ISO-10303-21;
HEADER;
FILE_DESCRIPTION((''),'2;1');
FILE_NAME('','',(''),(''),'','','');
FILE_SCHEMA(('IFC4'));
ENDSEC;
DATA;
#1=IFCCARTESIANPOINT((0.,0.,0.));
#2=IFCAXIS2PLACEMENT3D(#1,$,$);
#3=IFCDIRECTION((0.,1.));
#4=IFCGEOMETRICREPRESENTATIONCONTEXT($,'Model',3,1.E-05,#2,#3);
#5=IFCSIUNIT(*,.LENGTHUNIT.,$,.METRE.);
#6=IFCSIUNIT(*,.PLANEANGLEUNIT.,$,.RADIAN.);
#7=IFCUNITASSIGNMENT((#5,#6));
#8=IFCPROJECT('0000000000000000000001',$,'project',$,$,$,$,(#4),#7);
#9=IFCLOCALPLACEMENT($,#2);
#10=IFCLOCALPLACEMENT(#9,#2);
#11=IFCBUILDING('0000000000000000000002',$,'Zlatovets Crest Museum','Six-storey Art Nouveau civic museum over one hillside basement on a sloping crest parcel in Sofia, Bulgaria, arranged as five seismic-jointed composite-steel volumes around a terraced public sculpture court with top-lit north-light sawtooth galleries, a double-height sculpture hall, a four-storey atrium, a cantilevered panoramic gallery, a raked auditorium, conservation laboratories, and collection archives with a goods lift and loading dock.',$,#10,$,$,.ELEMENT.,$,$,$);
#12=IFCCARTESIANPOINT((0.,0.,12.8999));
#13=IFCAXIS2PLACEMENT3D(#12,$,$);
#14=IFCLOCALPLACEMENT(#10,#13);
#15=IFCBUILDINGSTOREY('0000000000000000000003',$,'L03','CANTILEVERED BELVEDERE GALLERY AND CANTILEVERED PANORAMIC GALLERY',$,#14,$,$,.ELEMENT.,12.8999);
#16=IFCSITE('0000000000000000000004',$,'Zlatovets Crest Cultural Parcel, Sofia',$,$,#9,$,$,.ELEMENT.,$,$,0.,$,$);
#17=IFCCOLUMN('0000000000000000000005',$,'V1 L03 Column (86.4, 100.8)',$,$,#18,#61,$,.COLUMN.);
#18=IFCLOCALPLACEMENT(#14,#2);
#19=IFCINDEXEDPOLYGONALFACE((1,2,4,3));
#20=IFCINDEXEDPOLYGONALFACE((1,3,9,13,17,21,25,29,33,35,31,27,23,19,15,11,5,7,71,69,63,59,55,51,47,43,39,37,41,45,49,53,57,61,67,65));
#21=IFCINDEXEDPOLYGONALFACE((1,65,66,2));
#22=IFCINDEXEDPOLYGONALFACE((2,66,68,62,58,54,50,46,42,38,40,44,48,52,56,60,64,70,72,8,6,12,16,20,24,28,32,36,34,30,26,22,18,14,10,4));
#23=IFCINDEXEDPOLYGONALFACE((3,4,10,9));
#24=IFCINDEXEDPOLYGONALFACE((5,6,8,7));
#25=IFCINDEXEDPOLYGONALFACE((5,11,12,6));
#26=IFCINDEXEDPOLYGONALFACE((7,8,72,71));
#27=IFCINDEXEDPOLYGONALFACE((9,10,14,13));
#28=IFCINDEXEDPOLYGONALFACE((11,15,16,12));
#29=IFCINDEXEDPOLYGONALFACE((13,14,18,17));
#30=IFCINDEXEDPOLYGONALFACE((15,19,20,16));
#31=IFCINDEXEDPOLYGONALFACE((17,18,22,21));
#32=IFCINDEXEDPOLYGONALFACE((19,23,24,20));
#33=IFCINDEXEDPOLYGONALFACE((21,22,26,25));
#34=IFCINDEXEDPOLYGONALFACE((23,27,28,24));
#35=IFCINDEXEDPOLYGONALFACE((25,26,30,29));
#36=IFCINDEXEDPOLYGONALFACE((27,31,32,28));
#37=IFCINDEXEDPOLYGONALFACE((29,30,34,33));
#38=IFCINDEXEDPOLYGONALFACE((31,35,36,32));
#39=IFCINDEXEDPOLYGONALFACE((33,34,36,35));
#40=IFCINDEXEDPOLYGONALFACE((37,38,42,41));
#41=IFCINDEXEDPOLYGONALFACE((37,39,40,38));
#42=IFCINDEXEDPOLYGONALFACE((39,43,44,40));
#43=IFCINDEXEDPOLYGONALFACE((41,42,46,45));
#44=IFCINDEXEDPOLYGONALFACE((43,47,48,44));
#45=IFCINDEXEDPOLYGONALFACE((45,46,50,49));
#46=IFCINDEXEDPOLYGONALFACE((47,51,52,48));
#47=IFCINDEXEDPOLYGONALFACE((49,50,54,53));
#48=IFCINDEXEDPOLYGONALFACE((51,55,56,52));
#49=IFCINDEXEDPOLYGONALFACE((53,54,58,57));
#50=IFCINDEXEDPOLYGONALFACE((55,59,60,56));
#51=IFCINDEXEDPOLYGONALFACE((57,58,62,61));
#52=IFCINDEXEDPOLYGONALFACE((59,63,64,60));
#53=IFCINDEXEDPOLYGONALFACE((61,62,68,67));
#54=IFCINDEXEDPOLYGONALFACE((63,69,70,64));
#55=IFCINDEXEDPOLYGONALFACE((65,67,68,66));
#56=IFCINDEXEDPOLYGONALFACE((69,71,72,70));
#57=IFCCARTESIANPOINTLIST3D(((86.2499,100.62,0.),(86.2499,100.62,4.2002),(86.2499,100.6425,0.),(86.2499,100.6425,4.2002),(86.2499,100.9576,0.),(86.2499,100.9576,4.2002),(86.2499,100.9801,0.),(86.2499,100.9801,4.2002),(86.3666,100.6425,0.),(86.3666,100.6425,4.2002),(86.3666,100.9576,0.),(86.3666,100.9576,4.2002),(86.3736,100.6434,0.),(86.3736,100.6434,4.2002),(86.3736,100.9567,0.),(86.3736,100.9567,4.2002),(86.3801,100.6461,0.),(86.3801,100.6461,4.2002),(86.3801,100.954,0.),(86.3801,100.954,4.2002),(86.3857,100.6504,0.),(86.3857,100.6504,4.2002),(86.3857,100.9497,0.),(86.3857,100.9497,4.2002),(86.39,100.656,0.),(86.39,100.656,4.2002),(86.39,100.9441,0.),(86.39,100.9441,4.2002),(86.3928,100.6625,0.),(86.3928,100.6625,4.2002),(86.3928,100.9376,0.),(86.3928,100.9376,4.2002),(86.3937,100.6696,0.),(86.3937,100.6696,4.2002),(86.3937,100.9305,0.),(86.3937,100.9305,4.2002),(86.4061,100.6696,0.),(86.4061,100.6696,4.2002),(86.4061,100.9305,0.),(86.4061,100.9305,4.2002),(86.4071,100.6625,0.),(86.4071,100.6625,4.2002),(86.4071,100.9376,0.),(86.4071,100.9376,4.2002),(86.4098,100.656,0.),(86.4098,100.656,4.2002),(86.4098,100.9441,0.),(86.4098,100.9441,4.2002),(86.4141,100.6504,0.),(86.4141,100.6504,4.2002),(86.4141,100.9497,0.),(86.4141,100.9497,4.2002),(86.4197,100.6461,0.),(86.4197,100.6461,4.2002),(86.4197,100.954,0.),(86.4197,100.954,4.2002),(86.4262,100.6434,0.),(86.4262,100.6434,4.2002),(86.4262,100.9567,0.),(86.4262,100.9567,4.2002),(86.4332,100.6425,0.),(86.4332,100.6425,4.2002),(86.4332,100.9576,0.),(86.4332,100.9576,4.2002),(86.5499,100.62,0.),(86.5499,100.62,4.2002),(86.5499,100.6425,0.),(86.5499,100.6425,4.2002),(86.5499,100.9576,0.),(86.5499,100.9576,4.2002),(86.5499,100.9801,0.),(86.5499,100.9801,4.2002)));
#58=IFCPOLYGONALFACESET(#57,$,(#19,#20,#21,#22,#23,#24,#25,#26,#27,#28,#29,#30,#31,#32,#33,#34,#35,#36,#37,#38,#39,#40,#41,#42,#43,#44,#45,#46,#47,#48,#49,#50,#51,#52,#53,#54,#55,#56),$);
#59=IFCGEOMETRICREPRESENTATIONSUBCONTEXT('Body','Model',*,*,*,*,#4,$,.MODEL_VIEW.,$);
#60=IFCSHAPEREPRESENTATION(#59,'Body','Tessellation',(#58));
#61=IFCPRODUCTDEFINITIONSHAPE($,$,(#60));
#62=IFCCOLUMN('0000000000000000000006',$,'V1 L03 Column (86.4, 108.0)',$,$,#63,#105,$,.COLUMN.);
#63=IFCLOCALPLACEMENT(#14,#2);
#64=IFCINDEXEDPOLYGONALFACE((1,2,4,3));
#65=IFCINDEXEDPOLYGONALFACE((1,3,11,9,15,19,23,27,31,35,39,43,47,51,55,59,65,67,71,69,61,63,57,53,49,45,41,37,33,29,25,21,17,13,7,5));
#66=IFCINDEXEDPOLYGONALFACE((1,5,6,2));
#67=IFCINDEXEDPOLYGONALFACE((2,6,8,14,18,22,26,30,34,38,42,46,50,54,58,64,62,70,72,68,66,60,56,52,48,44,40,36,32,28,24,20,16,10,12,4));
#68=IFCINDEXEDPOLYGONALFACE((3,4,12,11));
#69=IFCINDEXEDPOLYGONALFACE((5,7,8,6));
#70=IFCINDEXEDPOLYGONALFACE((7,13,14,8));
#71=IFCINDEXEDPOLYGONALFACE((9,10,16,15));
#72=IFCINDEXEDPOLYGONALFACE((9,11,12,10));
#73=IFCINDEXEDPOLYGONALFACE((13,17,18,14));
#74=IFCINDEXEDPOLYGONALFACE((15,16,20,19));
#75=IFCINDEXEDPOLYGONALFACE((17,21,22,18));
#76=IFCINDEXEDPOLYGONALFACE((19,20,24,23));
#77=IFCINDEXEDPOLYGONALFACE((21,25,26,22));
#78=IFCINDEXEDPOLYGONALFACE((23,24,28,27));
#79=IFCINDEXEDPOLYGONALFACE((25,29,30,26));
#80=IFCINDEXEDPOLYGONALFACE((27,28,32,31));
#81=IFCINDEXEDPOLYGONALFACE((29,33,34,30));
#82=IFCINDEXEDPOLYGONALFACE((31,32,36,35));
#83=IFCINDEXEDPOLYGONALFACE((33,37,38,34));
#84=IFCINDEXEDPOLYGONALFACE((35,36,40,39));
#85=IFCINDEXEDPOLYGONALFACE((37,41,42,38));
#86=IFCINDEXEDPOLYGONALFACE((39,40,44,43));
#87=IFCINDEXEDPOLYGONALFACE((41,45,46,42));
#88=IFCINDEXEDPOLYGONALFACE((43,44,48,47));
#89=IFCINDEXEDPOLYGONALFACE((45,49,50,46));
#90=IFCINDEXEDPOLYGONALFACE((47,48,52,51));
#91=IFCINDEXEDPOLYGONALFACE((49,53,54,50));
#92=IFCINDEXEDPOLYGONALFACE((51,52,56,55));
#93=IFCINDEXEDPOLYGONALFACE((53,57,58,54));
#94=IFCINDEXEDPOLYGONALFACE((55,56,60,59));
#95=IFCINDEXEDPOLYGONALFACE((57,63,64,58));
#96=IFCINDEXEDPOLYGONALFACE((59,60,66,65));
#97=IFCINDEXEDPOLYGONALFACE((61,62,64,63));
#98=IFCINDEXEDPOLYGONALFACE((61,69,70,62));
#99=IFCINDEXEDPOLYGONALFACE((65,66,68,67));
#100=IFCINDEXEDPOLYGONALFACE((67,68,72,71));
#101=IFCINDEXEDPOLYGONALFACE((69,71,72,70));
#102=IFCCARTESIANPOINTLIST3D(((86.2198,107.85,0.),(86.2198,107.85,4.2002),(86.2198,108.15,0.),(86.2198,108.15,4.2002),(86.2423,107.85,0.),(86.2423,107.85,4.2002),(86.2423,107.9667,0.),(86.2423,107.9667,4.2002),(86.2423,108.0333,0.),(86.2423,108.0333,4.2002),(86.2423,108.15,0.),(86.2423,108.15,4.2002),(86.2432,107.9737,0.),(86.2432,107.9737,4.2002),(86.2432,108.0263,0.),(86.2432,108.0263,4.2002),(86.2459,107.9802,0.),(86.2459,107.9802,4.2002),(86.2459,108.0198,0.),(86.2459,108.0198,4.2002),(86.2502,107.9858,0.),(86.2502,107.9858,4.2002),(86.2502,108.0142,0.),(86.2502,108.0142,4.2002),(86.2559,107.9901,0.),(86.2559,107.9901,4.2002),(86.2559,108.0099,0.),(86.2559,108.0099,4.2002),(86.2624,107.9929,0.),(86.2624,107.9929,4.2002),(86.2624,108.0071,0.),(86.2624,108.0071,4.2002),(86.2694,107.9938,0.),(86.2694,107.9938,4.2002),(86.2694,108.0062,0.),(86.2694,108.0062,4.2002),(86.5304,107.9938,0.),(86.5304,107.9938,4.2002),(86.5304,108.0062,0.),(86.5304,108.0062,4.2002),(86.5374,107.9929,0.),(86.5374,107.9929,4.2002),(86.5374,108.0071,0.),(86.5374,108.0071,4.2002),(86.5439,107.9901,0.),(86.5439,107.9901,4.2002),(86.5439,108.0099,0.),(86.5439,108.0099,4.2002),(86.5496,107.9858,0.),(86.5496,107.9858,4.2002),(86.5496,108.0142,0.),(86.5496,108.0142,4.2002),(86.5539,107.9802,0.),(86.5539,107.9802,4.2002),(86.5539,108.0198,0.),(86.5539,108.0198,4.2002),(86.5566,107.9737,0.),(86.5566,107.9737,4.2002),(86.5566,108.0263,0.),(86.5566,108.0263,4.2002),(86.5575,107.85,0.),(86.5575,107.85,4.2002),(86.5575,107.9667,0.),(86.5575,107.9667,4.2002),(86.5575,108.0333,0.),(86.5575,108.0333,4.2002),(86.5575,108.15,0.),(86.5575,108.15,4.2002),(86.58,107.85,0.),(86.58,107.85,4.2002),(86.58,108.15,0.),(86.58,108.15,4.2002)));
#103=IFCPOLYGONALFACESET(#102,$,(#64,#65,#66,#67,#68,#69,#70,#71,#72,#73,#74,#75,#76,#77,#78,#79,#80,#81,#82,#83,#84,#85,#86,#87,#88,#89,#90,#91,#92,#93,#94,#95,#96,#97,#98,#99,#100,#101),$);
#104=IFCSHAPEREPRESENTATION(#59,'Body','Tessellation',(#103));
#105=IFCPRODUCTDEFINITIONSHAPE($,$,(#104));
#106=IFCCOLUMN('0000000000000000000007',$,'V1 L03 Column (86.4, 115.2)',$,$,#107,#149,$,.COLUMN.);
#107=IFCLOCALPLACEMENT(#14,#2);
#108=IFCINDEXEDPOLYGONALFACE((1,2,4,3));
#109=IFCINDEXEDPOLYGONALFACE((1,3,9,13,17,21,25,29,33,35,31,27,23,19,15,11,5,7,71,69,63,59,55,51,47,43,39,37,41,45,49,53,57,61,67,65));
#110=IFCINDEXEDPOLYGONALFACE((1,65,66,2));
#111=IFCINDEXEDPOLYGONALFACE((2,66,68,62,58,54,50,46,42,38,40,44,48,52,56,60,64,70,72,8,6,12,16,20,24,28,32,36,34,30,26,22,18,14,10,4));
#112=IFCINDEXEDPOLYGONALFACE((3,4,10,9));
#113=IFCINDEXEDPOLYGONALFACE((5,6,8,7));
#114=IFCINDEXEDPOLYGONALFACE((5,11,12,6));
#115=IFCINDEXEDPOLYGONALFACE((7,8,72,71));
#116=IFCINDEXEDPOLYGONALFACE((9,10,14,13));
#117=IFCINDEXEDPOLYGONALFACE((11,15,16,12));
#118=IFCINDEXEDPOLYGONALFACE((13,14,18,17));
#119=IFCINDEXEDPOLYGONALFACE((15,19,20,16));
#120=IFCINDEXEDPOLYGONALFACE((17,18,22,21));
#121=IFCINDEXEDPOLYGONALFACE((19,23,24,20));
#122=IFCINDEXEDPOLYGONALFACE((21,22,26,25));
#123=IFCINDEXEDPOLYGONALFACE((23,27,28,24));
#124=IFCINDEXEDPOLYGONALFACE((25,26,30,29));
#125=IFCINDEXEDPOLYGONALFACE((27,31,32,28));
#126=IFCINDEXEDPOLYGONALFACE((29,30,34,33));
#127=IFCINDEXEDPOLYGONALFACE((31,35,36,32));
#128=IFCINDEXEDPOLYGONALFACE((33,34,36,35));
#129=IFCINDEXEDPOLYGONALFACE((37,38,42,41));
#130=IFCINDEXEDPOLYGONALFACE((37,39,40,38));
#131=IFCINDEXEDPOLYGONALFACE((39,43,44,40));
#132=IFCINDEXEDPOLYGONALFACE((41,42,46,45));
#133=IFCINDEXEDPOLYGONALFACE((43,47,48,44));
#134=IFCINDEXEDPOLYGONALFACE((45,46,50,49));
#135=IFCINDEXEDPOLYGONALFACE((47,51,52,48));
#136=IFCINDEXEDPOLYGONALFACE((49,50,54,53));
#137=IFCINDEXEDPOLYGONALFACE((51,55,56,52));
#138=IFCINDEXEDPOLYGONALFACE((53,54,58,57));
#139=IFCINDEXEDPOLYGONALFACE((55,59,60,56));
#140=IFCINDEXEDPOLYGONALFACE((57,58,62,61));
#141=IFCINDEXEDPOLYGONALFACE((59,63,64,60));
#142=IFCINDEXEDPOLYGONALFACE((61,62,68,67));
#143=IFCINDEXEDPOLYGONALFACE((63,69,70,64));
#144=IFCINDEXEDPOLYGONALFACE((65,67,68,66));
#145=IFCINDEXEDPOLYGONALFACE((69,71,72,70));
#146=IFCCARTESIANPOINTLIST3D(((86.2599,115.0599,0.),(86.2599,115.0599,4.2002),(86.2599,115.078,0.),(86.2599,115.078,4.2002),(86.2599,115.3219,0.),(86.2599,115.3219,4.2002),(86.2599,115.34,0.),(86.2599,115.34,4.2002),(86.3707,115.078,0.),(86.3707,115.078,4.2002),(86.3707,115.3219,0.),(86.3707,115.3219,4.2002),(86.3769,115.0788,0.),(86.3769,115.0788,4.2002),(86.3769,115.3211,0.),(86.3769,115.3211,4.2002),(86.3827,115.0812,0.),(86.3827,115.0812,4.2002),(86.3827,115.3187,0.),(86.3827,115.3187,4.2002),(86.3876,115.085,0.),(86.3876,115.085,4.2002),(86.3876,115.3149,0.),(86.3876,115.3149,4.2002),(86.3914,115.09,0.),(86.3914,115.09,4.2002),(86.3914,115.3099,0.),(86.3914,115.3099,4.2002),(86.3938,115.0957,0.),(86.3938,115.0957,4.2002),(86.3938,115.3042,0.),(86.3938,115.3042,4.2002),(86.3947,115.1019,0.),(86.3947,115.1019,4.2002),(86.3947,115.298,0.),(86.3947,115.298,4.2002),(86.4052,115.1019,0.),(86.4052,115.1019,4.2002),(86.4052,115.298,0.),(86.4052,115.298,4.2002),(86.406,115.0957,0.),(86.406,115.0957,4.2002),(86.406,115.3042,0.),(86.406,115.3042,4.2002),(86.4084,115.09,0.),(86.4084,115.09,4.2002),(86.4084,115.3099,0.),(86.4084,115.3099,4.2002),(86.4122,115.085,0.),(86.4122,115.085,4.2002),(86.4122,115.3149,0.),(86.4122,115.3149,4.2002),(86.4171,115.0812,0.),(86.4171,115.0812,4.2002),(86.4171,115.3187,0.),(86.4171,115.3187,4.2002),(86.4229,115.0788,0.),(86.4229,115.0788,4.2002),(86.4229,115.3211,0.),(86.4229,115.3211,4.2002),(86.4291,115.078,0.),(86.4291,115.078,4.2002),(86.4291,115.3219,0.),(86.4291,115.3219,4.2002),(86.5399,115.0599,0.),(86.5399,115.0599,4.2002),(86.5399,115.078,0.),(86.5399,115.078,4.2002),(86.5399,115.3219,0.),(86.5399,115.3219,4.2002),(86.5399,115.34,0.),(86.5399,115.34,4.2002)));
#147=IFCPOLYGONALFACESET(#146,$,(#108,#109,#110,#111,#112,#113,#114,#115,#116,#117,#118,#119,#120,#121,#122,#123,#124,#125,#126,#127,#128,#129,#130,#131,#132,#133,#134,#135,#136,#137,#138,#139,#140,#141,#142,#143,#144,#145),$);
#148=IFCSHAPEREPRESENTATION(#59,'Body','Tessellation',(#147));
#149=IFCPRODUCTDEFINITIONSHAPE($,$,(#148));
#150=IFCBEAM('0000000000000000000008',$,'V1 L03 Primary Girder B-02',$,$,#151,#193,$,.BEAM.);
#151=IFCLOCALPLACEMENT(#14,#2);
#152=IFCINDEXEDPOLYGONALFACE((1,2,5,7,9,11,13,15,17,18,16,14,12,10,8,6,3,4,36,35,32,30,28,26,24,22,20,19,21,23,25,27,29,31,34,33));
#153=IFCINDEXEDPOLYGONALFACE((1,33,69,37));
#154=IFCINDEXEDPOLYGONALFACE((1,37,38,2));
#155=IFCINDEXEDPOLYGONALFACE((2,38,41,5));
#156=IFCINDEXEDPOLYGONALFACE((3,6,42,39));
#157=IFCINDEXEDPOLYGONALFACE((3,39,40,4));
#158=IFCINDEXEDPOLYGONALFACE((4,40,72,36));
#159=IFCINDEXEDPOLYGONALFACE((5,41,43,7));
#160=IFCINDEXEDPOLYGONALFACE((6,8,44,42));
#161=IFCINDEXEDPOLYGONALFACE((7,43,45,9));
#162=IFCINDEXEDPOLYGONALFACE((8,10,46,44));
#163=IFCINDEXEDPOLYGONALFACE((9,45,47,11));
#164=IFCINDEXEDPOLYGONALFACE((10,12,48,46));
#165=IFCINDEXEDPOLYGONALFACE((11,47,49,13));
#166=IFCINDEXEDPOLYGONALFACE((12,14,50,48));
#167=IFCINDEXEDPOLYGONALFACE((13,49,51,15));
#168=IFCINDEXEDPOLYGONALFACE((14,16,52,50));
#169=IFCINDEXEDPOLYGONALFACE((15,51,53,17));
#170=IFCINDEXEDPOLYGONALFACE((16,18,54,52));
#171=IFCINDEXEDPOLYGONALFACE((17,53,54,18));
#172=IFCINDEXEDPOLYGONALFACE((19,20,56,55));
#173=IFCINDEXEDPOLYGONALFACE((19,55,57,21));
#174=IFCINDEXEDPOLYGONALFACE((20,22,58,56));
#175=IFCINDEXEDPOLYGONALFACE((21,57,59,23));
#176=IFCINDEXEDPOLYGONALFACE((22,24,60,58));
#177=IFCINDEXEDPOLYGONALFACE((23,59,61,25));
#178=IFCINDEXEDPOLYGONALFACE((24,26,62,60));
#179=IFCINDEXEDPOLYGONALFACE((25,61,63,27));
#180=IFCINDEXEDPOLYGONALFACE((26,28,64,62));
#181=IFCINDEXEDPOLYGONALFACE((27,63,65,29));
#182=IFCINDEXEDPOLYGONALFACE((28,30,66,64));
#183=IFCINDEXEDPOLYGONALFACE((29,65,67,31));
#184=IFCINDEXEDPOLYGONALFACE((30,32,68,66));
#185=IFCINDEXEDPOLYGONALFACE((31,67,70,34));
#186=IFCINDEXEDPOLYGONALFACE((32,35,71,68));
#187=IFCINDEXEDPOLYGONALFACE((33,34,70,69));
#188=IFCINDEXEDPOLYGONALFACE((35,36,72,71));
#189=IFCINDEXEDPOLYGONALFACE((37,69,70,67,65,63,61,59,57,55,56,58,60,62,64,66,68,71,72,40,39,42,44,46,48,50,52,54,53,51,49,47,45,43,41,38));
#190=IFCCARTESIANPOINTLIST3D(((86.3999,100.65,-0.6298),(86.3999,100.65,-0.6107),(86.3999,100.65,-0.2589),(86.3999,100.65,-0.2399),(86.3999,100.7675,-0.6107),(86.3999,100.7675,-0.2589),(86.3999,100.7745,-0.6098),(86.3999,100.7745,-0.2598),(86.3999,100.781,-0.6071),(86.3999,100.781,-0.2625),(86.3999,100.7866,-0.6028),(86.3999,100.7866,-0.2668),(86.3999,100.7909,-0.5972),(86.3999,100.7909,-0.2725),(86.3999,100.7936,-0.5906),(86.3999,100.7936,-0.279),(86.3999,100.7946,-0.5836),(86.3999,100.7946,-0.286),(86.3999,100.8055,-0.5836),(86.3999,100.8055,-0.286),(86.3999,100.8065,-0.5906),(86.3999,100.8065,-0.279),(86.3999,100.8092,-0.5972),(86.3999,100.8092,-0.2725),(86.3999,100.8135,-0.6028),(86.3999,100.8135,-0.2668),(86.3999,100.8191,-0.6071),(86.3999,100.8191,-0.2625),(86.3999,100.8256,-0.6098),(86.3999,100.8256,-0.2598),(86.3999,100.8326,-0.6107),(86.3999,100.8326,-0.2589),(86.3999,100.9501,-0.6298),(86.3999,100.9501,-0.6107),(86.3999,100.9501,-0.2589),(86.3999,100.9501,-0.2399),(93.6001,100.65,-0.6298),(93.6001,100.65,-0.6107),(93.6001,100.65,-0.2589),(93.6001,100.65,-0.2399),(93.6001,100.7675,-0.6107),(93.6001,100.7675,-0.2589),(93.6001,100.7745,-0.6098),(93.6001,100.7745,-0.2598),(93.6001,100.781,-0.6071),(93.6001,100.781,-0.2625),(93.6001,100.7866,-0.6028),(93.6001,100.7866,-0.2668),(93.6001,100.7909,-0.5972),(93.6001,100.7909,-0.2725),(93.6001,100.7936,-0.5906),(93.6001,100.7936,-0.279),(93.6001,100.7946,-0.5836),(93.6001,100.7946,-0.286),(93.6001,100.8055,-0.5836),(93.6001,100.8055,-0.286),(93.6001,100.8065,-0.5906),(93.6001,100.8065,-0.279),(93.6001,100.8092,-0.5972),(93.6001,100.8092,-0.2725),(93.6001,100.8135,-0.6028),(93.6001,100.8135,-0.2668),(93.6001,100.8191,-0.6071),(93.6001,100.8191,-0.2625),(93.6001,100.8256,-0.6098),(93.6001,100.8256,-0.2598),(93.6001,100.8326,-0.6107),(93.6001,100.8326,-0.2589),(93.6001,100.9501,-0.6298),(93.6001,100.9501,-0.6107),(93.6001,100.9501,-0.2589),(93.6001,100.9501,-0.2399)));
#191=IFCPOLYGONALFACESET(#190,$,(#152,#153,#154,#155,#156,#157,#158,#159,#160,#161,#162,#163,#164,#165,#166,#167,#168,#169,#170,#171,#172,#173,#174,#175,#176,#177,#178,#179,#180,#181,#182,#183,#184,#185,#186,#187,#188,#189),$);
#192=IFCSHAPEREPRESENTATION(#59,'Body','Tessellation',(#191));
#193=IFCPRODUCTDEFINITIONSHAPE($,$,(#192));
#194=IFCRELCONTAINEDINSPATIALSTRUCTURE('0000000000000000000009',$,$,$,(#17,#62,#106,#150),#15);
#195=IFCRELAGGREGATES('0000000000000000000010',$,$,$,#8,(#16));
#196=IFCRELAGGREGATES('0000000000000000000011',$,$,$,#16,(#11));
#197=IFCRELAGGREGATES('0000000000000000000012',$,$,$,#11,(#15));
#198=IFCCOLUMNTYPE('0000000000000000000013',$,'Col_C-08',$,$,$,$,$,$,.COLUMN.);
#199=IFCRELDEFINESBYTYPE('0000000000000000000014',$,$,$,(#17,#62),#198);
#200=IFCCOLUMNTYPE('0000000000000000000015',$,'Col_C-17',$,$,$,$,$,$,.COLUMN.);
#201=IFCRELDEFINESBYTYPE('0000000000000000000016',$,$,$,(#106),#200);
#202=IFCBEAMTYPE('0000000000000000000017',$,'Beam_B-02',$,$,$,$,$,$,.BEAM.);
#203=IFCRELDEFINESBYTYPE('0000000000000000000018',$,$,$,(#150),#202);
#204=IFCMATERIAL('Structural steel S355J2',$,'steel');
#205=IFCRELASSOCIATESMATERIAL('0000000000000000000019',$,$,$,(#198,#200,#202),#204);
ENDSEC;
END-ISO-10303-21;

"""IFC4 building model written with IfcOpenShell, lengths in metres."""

from ifc_helpers import new_model, si_unit, direction, frame, origin, origin_2d, place, context, subcontext, project, spatial, i_section, extrude, material, material_profile, profile_set, type_object, element, save


model = new_model("IFC4")

# Units and contexts
model_context = context("Model", 3, precision=1e-05, world=origin(), true_north=direction((0.0, 1.0)))
body_context = subcontext(model_context, "Body", "Model", "MODEL_VIEW")
ifc_project = project(units=[si_unit("LENGTHUNIT", "METRE"), si_unit("PLANEANGLEUNIT", "RADIAN")], contexts=[model_context])

# Site, building, storey
site_placement = place(None, origin())
site = spatial("IfcSite", under=ifc_project, at=site_placement, Name="Zlatovets Crest Cultural Parcel, Sofia", CompositionType="ELEMENT", RefElevation=0.0)
building_placement = place(site_placement, origin())
building = spatial("IfcBuilding", under=site, at=building_placement, Name="Zlatovets Crest Museum", Description="Six-storey Art Nouveau civic museum over one hillside basement on a sloping crest parcel in Sofia, Bulgaria, arranged as five seismic-jointed composite-steel volumes around a terraced public sculpture court with top-lit north-light sawtooth galleries, a double-height sculpture hall, a four-storey atrium, a cantilevered panoramic gallery, a raked auditorium, conservation laboratories, and collection archives with a goods lift and loading dock.", CompositionType="ELEMENT")
storey_placement = place(building_placement, frame((0.0, 0.0, 12.8999)))
storey = spatial("IfcBuildingStorey", under=building, at=storey_placement, Name="L03", Description="CANTILEVERED BELVEDERE GALLERY AND CANTILEVERED PANORAMIC GALLERY", CompositionType="ELEMENT", Elevation=12.8999)

# Columns
ifc_material_1 = material(Name="Structural steel S355J2", Category="steel")
ifc_material_profile_1 = material_profile(ifc_material_1, i_section(OverallWidth=0.3, OverallDepth=0.3601, WebThickness=0.0125, FlangeThickness=0.0225, FilletRadius=0.0271, at=origin_2d()), Name="HEB 360")
ifc_profile_set_1 = profile_set([ifc_material_profile_1], Name="Structural steel S355J2")
column_type_1 = type_object("IfcColumnType", Name="Col_C-08", PredefinedType="COLUMN", material=ifc_profile_set_1)
for number, where, z_axis, x_axis, name in (
    (1, (86.3999, 100.8, 0.0), (0.0, 0.0, 1.0), (1.0, 0.0, 0.0), "V1 L03 Column (86.4, 100.8)"),
    (2, (86.3999, 108.0, 0.0), (0.0, 0.0, 1.0), (0.0, 1.0, 0.0), "V1 L03 Column (86.4, 108.0)"),
):
    element("IfcColumn", number, at=place(storey_placement, frame(where, z_axis=z_axis, x_axis=x_axis)), inside=storey, type_object=column_type_1, Name=name, PredefinedType="COLUMN", context=body_context, shape_type="SweptSolid", body=[
        extrude(i_section(OverallWidth=0.3, OverallDepth=0.3601, WebThickness=0.0125, FlangeThickness=0.0225, FilletRadius=0.0271, at=origin_2d()), origin(), (0.0, 0.0, 1.0), 4.2002),
    ])
ifc_material_profile_2 = material_profile(ifc_material_1, i_section(OverallWidth=0.28, OverallDepth=0.28, WebThickness=0.0105, FlangeThickness=0.0181, FilletRadius=0.0239, at=origin_2d()), Name="HEB 280")
ifc_profile_set_2 = profile_set([ifc_material_profile_2], Name="Structural steel S355J2")
column_type_2 = type_object("IfcColumnType", Name="Col_C-17", PredefinedType="COLUMN", material=ifc_profile_set_2)
column_placement = place(storey_placement, frame((86.3999, 115.2, 0.0), z_axis=(0.0, 0.0, 1.0), x_axis=(1.0, 0.0, 0.0)))
element("IfcColumn", 3, at=column_placement, inside=storey, type_object=column_type_2, Name="V1 L03 Column (86.4, 115.2)", PredefinedType="COLUMN", context=body_context, shape_type="SweptSolid", body=[
    extrude(i_section(OverallWidth=0.28, OverallDepth=0.28, WebThickness=0.0105, FlangeThickness=0.0181, FilletRadius=0.0239, at=origin_2d()), origin(), (0.0, 0.0, 1.0), 4.2002),
])

# Beam
ifc_material_profile_3 = material_profile(ifc_material_1, i_section(OverallWidth=0.3, OverallDepth=0.3899, WebThickness=0.011, FlangeThickness=0.019, FilletRadius=0.0271, at=origin_2d()), Name="HEA 400")
ifc_profile_set_3 = profile_set([ifc_material_profile_3], Name="Structural steel S355J2")
beam_type_1 = type_object("IfcBeamType", Name="Beam_B-02", PredefinedType="BEAM", material=ifc_profile_set_3)
for number, where, z_axis, x_axis, name in (
    (4, (86.3999, 100.8, -0.4348), (1.0, 0.0, 0.0), (0.0, 1.0, 0.0), "V1 L03 Primary Girder B-02"),
):
    element("IfcBeam", number, at=place(storey_placement, frame(where, z_axis=z_axis, x_axis=x_axis)), inside=storey, type_object=beam_type_1, Name=name, PredefinedType="BEAM", context=body_context, shape_type="SweptSolid", body=[
        extrude(i_section(OverallWidth=0.3, OverallDepth=0.3899, WebThickness=0.011, FlangeThickness=0.019, FilletRadius=0.0271, at=origin_2d()), origin(), (0.0, 0.0, 1.0), 7.2002),
    ])

save(model, "model.ifc")
